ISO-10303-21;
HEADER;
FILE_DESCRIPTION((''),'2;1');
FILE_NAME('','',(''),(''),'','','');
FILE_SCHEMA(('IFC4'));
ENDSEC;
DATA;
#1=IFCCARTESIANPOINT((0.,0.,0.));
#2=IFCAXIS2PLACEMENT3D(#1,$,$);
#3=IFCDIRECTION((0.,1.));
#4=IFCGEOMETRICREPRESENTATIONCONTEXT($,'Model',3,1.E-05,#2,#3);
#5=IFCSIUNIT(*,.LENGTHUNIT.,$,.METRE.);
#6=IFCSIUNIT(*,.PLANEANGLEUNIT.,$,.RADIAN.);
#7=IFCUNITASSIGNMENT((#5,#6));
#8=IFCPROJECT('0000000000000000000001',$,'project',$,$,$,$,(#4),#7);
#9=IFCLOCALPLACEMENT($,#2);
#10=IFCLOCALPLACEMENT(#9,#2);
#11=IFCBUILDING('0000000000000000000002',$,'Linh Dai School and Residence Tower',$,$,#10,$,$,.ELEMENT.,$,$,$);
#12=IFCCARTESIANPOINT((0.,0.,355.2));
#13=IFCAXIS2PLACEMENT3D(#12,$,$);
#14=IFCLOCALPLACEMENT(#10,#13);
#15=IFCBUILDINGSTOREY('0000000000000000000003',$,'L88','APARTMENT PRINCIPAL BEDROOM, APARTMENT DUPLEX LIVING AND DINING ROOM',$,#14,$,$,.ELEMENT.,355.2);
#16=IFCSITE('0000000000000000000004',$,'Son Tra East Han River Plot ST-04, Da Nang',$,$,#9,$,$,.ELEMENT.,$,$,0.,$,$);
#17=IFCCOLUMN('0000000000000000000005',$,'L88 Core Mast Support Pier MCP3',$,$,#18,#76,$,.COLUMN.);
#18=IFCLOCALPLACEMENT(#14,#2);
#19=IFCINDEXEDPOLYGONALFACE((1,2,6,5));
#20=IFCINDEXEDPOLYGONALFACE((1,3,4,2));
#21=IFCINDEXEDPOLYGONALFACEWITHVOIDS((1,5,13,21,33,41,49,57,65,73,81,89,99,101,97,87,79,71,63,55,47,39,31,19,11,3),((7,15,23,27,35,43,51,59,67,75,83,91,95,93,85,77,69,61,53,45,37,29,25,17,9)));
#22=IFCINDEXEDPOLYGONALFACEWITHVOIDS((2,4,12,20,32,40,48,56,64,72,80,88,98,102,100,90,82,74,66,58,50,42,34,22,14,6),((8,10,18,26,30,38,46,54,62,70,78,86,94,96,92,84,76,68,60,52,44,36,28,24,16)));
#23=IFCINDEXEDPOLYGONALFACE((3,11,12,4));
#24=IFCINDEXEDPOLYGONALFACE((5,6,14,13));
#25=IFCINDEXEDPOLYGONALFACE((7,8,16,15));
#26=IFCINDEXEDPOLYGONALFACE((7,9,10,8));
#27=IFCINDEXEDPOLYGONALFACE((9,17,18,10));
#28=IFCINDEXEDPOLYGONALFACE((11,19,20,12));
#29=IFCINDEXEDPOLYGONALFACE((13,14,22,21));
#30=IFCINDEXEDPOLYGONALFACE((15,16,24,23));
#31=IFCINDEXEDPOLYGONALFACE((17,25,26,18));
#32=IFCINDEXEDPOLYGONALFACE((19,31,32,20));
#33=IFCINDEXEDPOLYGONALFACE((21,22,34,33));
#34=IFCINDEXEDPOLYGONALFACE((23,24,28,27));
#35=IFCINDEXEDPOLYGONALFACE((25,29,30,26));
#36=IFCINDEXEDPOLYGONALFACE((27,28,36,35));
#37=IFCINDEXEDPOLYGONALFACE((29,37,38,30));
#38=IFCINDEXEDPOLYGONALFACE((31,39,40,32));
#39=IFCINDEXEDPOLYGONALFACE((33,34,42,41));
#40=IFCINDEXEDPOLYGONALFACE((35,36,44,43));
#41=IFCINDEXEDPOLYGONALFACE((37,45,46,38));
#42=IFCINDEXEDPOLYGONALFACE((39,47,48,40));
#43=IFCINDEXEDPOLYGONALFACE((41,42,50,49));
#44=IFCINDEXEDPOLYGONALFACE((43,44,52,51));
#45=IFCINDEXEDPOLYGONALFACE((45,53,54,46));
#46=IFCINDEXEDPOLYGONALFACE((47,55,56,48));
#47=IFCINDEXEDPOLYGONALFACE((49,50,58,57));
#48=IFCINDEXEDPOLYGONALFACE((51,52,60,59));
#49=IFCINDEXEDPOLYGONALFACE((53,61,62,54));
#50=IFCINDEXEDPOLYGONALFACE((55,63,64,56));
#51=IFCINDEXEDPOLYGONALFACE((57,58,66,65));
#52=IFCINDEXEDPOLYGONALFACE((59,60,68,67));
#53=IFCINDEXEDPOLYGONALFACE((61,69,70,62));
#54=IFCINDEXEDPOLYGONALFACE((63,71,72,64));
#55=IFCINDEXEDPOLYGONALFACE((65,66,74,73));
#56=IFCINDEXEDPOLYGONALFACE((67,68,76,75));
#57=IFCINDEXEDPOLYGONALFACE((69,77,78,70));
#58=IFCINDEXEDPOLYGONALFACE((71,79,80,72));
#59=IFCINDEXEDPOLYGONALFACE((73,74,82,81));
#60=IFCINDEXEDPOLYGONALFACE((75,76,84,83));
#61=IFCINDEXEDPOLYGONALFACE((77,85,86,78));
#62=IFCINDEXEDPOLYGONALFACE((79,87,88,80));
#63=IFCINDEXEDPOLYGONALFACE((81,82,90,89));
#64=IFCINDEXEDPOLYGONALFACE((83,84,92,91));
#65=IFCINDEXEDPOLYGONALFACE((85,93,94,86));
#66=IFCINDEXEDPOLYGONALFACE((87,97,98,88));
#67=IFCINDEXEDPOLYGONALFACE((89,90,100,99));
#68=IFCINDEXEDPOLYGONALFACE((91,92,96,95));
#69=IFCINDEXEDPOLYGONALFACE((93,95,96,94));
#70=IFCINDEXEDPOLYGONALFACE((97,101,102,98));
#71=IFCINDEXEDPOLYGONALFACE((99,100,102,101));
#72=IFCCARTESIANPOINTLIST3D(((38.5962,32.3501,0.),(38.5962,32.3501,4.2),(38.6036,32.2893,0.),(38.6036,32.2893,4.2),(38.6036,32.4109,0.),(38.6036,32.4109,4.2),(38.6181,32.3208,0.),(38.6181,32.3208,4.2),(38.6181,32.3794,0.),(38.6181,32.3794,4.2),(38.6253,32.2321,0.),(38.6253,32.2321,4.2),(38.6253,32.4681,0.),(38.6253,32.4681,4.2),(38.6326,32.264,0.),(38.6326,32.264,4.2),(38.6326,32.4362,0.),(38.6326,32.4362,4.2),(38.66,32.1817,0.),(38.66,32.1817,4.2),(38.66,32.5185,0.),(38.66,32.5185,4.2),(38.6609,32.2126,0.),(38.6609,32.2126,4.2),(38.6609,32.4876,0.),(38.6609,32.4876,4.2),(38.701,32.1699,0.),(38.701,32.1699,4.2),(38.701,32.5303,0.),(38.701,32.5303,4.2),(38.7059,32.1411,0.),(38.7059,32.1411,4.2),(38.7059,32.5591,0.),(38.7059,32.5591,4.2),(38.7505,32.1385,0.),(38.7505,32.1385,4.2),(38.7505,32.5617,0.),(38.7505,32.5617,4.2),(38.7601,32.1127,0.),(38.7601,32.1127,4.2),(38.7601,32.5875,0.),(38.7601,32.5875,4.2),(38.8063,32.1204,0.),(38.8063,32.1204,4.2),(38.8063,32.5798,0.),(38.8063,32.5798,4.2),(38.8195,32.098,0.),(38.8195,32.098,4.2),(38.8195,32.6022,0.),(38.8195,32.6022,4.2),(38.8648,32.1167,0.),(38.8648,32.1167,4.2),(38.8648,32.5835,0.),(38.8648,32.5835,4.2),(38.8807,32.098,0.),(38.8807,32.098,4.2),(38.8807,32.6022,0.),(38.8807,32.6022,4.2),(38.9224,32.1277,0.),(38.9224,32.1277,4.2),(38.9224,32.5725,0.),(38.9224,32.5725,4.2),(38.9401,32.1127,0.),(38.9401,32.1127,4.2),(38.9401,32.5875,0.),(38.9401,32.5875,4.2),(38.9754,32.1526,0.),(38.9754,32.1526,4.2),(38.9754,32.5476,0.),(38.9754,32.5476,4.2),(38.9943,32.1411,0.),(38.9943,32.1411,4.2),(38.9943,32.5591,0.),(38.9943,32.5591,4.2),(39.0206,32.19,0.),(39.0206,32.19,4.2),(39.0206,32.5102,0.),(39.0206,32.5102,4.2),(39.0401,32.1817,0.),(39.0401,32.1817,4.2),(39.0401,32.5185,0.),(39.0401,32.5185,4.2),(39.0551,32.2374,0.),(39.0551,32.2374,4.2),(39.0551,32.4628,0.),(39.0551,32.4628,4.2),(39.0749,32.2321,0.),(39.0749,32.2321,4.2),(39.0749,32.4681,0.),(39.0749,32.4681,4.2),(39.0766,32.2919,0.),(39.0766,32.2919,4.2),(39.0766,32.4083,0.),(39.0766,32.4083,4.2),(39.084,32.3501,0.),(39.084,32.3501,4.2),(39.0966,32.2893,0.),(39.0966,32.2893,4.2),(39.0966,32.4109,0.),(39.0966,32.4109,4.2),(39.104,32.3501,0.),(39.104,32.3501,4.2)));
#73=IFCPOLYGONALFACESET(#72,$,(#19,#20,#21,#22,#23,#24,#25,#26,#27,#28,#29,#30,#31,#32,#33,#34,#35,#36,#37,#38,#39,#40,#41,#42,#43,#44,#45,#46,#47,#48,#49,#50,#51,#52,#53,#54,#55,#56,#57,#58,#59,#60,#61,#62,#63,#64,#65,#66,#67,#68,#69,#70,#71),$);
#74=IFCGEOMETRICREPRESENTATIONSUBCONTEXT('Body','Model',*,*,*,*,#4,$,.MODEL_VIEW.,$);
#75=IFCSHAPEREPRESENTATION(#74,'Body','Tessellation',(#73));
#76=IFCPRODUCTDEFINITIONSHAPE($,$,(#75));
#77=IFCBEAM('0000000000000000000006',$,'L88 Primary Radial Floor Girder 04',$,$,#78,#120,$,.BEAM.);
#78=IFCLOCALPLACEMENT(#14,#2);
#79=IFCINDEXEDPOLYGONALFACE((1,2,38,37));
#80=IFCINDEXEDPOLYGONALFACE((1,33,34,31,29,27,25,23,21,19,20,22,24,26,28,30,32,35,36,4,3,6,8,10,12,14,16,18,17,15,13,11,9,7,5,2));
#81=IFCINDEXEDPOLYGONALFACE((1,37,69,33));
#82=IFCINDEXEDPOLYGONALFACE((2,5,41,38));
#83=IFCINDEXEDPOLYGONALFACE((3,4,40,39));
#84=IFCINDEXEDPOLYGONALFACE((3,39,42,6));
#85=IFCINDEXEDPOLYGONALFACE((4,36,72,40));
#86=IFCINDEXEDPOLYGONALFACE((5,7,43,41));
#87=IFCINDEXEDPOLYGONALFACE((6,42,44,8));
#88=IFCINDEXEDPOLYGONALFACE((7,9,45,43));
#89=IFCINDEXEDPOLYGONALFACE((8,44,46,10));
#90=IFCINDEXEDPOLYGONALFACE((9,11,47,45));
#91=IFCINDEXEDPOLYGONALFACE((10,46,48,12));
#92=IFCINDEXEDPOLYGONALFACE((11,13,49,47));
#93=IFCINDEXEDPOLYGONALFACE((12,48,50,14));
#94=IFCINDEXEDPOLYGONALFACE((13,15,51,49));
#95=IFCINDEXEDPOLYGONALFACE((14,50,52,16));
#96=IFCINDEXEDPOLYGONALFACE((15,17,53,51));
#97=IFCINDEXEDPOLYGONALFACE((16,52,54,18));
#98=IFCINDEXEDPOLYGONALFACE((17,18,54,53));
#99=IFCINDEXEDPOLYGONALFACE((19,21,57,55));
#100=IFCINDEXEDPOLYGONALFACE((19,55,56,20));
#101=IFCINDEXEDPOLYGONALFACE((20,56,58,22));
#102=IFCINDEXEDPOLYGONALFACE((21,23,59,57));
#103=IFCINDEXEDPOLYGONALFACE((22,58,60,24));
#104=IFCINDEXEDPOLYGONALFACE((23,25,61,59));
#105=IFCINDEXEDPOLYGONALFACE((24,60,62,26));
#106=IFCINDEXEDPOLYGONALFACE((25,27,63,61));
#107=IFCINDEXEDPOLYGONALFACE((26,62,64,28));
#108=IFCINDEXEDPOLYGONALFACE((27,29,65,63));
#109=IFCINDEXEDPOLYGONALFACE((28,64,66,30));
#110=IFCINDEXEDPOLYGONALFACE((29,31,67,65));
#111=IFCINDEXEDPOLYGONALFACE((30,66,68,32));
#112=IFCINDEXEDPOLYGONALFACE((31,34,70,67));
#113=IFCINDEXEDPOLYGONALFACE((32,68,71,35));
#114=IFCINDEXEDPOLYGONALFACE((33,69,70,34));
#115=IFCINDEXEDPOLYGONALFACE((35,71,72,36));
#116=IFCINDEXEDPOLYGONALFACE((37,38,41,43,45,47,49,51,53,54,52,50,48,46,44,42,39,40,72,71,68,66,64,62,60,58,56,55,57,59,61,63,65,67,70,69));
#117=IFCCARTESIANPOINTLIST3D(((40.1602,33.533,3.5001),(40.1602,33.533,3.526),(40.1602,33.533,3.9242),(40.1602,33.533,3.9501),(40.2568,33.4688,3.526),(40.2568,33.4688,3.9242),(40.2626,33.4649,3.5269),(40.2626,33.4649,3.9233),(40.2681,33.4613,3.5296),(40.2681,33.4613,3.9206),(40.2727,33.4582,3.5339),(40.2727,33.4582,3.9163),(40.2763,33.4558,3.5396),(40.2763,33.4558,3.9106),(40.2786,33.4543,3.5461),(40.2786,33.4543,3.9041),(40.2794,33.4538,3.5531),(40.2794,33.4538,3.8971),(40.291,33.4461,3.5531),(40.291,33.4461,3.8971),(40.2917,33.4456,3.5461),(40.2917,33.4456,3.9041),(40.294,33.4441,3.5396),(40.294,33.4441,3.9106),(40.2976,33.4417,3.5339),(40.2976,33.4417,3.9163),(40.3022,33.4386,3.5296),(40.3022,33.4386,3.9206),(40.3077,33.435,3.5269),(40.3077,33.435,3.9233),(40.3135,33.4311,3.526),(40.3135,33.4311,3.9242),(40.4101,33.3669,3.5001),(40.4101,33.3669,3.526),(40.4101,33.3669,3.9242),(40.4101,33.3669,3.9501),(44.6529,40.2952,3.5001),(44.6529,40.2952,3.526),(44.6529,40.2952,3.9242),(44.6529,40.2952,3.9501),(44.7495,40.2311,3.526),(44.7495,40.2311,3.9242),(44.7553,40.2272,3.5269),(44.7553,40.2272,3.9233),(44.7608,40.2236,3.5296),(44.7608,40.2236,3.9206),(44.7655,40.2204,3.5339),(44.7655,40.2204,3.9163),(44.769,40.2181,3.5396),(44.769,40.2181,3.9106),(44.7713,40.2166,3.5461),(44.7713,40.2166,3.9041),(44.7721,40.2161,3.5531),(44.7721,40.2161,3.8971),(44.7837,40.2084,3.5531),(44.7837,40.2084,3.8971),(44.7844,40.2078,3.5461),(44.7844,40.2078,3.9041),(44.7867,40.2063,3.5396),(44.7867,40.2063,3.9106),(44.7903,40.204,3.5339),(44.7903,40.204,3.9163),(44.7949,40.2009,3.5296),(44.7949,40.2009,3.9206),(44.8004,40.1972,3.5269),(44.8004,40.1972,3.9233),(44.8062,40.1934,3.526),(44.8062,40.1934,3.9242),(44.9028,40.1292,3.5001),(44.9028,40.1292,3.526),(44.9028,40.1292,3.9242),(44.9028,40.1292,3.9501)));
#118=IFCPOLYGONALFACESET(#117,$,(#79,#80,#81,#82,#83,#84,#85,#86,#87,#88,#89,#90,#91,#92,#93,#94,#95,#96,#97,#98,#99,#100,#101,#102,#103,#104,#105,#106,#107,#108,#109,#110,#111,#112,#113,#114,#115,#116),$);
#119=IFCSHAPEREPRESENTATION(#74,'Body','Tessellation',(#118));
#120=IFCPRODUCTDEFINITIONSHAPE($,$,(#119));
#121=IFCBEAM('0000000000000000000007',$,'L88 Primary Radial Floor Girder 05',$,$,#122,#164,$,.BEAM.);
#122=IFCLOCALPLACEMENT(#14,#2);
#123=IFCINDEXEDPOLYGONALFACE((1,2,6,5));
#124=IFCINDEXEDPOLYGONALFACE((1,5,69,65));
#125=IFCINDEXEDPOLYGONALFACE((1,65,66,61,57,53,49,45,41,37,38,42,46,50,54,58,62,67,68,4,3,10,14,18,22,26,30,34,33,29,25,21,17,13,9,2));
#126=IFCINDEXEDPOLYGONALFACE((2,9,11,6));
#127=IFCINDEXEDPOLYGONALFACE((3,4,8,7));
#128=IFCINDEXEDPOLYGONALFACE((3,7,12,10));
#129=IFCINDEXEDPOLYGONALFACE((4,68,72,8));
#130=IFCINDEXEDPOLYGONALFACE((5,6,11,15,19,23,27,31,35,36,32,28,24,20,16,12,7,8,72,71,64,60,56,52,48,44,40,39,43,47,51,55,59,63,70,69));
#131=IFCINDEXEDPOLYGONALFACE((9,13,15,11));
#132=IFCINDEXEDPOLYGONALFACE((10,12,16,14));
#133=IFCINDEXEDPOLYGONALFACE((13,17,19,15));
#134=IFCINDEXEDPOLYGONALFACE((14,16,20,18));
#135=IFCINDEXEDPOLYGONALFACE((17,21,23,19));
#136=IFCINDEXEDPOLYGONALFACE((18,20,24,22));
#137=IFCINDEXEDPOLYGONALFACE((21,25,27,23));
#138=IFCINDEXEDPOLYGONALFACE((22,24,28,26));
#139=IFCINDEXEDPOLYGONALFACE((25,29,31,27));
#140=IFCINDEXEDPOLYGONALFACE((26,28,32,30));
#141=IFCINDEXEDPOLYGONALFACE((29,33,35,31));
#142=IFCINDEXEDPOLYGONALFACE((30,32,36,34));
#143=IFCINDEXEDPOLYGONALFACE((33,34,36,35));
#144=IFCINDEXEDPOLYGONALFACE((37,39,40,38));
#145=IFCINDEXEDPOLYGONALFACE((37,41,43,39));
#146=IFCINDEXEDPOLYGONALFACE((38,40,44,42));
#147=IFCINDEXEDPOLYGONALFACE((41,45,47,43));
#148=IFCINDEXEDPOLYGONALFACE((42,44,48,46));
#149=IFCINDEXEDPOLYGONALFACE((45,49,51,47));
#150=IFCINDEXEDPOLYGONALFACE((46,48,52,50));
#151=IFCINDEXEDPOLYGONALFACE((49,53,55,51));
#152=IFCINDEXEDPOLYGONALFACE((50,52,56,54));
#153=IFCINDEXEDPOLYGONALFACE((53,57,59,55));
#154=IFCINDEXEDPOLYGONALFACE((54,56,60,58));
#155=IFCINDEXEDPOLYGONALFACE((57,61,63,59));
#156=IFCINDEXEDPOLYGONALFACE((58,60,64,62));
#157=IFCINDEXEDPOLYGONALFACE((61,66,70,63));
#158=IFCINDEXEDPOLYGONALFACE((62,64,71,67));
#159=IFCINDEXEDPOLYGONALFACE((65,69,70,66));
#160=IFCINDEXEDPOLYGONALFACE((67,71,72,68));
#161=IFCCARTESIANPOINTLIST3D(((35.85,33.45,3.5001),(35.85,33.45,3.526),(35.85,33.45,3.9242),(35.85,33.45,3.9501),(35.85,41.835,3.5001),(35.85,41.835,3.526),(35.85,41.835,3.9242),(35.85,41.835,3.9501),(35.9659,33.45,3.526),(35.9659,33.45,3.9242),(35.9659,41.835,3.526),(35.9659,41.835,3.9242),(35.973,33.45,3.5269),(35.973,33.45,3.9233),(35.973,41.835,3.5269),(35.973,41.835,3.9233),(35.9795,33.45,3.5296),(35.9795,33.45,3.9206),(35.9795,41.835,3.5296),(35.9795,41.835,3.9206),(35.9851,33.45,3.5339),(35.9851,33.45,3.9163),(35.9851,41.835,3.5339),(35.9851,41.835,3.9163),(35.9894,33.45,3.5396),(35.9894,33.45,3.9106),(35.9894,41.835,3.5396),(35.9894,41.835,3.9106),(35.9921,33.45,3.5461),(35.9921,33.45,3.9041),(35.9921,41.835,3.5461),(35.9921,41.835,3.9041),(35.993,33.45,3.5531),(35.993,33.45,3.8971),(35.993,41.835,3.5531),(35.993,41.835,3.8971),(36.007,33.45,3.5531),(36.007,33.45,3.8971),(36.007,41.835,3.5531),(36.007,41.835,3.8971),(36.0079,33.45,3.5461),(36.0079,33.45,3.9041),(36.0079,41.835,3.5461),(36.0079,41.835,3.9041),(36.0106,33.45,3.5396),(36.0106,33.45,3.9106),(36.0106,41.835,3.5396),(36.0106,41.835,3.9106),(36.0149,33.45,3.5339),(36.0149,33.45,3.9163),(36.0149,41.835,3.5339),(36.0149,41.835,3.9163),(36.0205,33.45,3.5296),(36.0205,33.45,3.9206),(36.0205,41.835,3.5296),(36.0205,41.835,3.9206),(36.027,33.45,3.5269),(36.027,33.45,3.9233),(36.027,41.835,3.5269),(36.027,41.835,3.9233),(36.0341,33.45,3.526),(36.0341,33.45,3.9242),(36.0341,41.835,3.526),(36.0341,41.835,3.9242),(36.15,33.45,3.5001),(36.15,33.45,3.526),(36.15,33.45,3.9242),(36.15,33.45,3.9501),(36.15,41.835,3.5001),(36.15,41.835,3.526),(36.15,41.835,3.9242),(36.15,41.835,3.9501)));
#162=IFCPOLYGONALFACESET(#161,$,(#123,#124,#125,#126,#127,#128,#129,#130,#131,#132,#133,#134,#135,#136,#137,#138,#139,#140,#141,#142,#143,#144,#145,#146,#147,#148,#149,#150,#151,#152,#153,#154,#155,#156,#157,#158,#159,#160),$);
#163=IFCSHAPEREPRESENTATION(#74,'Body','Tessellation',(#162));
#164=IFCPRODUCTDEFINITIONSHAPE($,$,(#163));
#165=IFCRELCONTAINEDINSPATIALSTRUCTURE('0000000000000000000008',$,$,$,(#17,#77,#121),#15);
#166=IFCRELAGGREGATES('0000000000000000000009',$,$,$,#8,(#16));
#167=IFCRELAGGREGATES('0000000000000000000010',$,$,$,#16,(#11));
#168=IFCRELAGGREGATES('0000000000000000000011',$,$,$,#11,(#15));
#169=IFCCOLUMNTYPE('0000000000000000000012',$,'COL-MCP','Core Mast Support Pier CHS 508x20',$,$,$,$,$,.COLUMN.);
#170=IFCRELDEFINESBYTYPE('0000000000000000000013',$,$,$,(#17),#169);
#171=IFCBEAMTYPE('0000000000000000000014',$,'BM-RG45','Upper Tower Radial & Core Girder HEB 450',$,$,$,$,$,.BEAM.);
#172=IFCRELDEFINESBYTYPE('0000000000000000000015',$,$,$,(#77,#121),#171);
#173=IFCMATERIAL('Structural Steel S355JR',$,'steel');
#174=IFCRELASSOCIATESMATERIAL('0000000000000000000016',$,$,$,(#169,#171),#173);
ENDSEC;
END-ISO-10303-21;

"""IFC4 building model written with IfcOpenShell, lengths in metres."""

from ifc_helpers import new_model, si_unit, direction, frame, origin, origin_2d, place, context, subcontext, project, spatial, hollow_circle, i_section, extrude, material, material_profile, profile_set, type_object, element, save


model = new_model("IFC4")

# Units and contexts
model_context = context("Model", 3, precision=1e-05, world=origin(), true_north=direction((0.0, 1.0)))
body_context = subcontext(model_context, "Body", "Model", "MODEL_VIEW")
ifc_project = project(units=[si_unit("LENGTHUNIT", "METRE"), si_unit("PLANEANGLEUNIT", "RADIAN")], contexts=[model_context])

# Site, building, storey
site_placement = place(None, origin())
site = spatial("IfcSite", under=ifc_project, at=site_placement, Name="Son Tra East Han River Plot ST-04, Da Nang", CompositionType="ELEMENT", RefElevation=0.0)
building_placement = place(site_placement, origin())
building = spatial("IfcBuilding", under=site, at=building_placement, Name="Linh Dai School and Residence Tower", CompositionType="ELEMENT")
storey_placement = place(building_placement, frame((0.0, 0.0, 355.2)))
storey = spatial("IfcBuildingStorey", under=building, at=storey_placement, Name="L88", Description="APARTMENT PRINCIPAL BEDROOM, APARTMENT DUPLEX LIVING AND DINING ROOM", CompositionType="ELEMENT", Elevation=355.2)

# Column
ifc_material_1 = material(Name="Structural Steel S355JR", Category="steel")
ifc_material_profile_1 = material_profile(ifc_material_1, hollow_circle(Radius=0.2539, WallThickness=0.02, at=origin_2d()), Name="CHS 508x20")
ifc_profile_set_1 = profile_set([ifc_material_profile_1], Name="Structural Steel S355JR")
column_type = type_object("IfcColumnType", Name="COL-MCP", Description="Core Mast Support Pier CHS 508x20", PredefinedType="COLUMN", material=ifc_profile_set_1)
column_placement = place(storey_placement, frame((38.8501, 32.3501, 0.0), z_axis=(0.0, 0.0, 1.0), x_axis=(1.0, 0.0, 0.0)))
element("IfcColumn", 1, at=column_placement, inside=storey, type_object=column_type, Name="L88 Core Mast Support Pier MCP3", PredefinedType="COLUMN", context=body_context, shape_type="SweptSolid", body=[
    extrude(hollow_circle(Radius=0.2539, WallThickness=0.02, at=origin_2d()), origin(), (0.0, 0.0, 1.0), 4.2),
])

# Beams
ifc_material_profile_2 = material_profile(ifc_material_1, i_section(OverallWidth=0.3, OverallDepth=0.45, WebThickness=0.0139, FlangeThickness=0.0259, FilletRadius=0.0271, at=origin_2d()), Name="HEB 450")
ifc_profile_set_2 = profile_set([ifc_material_profile_2], Name="Structural Steel S355JR")
beam_type_1 = type_object("IfcBeamType", Name="BM-RG45", Description="Upper Tower Radial & Core Girder HEB 450", PredefinedType="BEAM", material=ifc_profile_set_2)
beam_1_placement = place(storey_placement, frame((40.2852, 33.45, 3.7251), z_axis=(0.553381, 0.832928, 0.0), x_axis=(-0.832928, 0.553381, 0.0)))
element("IfcBeam", 2, at=beam_1_placement, inside=storey, type_object=beam_type_1, Name="L88 Primary Radial Floor Girder 04", PredefinedType="BEAM", context=body_context, shape_type="SweptSolid", body=[
    extrude(i_section(OverallWidth=0.3, OverallDepth=0.45, WebThickness=0.0139, FlangeThickness=0.0259, FilletRadius=0.0271, at=origin_2d()), origin(), (0.0, 0.0, 1.0), 8.1187),
])
beam_2_placement = place(storey_placement, frame((36.0, 33.45, 3.7251), z_axis=(0.0, 1.0, 0.0), x_axis=(-1.0, 0.0, 0.0)))
element("IfcBeam", 3, at=beam_2_placement, inside=storey, type_object=beam_type_1, Name="L88 Primary Radial Floor Girder 05", PredefinedType="BEAM", context=body_context, shape_type="SweptSolid", body=[
    extrude(i_section(OverallWidth=0.3, OverallDepth=0.45, WebThickness=0.0139, FlangeThickness=0.0259, FilletRadius=0.0271, at=origin_2d()), origin(), (0.0, 0.0, 1.0), 8.385),
])

save(model, "model.ifc")
